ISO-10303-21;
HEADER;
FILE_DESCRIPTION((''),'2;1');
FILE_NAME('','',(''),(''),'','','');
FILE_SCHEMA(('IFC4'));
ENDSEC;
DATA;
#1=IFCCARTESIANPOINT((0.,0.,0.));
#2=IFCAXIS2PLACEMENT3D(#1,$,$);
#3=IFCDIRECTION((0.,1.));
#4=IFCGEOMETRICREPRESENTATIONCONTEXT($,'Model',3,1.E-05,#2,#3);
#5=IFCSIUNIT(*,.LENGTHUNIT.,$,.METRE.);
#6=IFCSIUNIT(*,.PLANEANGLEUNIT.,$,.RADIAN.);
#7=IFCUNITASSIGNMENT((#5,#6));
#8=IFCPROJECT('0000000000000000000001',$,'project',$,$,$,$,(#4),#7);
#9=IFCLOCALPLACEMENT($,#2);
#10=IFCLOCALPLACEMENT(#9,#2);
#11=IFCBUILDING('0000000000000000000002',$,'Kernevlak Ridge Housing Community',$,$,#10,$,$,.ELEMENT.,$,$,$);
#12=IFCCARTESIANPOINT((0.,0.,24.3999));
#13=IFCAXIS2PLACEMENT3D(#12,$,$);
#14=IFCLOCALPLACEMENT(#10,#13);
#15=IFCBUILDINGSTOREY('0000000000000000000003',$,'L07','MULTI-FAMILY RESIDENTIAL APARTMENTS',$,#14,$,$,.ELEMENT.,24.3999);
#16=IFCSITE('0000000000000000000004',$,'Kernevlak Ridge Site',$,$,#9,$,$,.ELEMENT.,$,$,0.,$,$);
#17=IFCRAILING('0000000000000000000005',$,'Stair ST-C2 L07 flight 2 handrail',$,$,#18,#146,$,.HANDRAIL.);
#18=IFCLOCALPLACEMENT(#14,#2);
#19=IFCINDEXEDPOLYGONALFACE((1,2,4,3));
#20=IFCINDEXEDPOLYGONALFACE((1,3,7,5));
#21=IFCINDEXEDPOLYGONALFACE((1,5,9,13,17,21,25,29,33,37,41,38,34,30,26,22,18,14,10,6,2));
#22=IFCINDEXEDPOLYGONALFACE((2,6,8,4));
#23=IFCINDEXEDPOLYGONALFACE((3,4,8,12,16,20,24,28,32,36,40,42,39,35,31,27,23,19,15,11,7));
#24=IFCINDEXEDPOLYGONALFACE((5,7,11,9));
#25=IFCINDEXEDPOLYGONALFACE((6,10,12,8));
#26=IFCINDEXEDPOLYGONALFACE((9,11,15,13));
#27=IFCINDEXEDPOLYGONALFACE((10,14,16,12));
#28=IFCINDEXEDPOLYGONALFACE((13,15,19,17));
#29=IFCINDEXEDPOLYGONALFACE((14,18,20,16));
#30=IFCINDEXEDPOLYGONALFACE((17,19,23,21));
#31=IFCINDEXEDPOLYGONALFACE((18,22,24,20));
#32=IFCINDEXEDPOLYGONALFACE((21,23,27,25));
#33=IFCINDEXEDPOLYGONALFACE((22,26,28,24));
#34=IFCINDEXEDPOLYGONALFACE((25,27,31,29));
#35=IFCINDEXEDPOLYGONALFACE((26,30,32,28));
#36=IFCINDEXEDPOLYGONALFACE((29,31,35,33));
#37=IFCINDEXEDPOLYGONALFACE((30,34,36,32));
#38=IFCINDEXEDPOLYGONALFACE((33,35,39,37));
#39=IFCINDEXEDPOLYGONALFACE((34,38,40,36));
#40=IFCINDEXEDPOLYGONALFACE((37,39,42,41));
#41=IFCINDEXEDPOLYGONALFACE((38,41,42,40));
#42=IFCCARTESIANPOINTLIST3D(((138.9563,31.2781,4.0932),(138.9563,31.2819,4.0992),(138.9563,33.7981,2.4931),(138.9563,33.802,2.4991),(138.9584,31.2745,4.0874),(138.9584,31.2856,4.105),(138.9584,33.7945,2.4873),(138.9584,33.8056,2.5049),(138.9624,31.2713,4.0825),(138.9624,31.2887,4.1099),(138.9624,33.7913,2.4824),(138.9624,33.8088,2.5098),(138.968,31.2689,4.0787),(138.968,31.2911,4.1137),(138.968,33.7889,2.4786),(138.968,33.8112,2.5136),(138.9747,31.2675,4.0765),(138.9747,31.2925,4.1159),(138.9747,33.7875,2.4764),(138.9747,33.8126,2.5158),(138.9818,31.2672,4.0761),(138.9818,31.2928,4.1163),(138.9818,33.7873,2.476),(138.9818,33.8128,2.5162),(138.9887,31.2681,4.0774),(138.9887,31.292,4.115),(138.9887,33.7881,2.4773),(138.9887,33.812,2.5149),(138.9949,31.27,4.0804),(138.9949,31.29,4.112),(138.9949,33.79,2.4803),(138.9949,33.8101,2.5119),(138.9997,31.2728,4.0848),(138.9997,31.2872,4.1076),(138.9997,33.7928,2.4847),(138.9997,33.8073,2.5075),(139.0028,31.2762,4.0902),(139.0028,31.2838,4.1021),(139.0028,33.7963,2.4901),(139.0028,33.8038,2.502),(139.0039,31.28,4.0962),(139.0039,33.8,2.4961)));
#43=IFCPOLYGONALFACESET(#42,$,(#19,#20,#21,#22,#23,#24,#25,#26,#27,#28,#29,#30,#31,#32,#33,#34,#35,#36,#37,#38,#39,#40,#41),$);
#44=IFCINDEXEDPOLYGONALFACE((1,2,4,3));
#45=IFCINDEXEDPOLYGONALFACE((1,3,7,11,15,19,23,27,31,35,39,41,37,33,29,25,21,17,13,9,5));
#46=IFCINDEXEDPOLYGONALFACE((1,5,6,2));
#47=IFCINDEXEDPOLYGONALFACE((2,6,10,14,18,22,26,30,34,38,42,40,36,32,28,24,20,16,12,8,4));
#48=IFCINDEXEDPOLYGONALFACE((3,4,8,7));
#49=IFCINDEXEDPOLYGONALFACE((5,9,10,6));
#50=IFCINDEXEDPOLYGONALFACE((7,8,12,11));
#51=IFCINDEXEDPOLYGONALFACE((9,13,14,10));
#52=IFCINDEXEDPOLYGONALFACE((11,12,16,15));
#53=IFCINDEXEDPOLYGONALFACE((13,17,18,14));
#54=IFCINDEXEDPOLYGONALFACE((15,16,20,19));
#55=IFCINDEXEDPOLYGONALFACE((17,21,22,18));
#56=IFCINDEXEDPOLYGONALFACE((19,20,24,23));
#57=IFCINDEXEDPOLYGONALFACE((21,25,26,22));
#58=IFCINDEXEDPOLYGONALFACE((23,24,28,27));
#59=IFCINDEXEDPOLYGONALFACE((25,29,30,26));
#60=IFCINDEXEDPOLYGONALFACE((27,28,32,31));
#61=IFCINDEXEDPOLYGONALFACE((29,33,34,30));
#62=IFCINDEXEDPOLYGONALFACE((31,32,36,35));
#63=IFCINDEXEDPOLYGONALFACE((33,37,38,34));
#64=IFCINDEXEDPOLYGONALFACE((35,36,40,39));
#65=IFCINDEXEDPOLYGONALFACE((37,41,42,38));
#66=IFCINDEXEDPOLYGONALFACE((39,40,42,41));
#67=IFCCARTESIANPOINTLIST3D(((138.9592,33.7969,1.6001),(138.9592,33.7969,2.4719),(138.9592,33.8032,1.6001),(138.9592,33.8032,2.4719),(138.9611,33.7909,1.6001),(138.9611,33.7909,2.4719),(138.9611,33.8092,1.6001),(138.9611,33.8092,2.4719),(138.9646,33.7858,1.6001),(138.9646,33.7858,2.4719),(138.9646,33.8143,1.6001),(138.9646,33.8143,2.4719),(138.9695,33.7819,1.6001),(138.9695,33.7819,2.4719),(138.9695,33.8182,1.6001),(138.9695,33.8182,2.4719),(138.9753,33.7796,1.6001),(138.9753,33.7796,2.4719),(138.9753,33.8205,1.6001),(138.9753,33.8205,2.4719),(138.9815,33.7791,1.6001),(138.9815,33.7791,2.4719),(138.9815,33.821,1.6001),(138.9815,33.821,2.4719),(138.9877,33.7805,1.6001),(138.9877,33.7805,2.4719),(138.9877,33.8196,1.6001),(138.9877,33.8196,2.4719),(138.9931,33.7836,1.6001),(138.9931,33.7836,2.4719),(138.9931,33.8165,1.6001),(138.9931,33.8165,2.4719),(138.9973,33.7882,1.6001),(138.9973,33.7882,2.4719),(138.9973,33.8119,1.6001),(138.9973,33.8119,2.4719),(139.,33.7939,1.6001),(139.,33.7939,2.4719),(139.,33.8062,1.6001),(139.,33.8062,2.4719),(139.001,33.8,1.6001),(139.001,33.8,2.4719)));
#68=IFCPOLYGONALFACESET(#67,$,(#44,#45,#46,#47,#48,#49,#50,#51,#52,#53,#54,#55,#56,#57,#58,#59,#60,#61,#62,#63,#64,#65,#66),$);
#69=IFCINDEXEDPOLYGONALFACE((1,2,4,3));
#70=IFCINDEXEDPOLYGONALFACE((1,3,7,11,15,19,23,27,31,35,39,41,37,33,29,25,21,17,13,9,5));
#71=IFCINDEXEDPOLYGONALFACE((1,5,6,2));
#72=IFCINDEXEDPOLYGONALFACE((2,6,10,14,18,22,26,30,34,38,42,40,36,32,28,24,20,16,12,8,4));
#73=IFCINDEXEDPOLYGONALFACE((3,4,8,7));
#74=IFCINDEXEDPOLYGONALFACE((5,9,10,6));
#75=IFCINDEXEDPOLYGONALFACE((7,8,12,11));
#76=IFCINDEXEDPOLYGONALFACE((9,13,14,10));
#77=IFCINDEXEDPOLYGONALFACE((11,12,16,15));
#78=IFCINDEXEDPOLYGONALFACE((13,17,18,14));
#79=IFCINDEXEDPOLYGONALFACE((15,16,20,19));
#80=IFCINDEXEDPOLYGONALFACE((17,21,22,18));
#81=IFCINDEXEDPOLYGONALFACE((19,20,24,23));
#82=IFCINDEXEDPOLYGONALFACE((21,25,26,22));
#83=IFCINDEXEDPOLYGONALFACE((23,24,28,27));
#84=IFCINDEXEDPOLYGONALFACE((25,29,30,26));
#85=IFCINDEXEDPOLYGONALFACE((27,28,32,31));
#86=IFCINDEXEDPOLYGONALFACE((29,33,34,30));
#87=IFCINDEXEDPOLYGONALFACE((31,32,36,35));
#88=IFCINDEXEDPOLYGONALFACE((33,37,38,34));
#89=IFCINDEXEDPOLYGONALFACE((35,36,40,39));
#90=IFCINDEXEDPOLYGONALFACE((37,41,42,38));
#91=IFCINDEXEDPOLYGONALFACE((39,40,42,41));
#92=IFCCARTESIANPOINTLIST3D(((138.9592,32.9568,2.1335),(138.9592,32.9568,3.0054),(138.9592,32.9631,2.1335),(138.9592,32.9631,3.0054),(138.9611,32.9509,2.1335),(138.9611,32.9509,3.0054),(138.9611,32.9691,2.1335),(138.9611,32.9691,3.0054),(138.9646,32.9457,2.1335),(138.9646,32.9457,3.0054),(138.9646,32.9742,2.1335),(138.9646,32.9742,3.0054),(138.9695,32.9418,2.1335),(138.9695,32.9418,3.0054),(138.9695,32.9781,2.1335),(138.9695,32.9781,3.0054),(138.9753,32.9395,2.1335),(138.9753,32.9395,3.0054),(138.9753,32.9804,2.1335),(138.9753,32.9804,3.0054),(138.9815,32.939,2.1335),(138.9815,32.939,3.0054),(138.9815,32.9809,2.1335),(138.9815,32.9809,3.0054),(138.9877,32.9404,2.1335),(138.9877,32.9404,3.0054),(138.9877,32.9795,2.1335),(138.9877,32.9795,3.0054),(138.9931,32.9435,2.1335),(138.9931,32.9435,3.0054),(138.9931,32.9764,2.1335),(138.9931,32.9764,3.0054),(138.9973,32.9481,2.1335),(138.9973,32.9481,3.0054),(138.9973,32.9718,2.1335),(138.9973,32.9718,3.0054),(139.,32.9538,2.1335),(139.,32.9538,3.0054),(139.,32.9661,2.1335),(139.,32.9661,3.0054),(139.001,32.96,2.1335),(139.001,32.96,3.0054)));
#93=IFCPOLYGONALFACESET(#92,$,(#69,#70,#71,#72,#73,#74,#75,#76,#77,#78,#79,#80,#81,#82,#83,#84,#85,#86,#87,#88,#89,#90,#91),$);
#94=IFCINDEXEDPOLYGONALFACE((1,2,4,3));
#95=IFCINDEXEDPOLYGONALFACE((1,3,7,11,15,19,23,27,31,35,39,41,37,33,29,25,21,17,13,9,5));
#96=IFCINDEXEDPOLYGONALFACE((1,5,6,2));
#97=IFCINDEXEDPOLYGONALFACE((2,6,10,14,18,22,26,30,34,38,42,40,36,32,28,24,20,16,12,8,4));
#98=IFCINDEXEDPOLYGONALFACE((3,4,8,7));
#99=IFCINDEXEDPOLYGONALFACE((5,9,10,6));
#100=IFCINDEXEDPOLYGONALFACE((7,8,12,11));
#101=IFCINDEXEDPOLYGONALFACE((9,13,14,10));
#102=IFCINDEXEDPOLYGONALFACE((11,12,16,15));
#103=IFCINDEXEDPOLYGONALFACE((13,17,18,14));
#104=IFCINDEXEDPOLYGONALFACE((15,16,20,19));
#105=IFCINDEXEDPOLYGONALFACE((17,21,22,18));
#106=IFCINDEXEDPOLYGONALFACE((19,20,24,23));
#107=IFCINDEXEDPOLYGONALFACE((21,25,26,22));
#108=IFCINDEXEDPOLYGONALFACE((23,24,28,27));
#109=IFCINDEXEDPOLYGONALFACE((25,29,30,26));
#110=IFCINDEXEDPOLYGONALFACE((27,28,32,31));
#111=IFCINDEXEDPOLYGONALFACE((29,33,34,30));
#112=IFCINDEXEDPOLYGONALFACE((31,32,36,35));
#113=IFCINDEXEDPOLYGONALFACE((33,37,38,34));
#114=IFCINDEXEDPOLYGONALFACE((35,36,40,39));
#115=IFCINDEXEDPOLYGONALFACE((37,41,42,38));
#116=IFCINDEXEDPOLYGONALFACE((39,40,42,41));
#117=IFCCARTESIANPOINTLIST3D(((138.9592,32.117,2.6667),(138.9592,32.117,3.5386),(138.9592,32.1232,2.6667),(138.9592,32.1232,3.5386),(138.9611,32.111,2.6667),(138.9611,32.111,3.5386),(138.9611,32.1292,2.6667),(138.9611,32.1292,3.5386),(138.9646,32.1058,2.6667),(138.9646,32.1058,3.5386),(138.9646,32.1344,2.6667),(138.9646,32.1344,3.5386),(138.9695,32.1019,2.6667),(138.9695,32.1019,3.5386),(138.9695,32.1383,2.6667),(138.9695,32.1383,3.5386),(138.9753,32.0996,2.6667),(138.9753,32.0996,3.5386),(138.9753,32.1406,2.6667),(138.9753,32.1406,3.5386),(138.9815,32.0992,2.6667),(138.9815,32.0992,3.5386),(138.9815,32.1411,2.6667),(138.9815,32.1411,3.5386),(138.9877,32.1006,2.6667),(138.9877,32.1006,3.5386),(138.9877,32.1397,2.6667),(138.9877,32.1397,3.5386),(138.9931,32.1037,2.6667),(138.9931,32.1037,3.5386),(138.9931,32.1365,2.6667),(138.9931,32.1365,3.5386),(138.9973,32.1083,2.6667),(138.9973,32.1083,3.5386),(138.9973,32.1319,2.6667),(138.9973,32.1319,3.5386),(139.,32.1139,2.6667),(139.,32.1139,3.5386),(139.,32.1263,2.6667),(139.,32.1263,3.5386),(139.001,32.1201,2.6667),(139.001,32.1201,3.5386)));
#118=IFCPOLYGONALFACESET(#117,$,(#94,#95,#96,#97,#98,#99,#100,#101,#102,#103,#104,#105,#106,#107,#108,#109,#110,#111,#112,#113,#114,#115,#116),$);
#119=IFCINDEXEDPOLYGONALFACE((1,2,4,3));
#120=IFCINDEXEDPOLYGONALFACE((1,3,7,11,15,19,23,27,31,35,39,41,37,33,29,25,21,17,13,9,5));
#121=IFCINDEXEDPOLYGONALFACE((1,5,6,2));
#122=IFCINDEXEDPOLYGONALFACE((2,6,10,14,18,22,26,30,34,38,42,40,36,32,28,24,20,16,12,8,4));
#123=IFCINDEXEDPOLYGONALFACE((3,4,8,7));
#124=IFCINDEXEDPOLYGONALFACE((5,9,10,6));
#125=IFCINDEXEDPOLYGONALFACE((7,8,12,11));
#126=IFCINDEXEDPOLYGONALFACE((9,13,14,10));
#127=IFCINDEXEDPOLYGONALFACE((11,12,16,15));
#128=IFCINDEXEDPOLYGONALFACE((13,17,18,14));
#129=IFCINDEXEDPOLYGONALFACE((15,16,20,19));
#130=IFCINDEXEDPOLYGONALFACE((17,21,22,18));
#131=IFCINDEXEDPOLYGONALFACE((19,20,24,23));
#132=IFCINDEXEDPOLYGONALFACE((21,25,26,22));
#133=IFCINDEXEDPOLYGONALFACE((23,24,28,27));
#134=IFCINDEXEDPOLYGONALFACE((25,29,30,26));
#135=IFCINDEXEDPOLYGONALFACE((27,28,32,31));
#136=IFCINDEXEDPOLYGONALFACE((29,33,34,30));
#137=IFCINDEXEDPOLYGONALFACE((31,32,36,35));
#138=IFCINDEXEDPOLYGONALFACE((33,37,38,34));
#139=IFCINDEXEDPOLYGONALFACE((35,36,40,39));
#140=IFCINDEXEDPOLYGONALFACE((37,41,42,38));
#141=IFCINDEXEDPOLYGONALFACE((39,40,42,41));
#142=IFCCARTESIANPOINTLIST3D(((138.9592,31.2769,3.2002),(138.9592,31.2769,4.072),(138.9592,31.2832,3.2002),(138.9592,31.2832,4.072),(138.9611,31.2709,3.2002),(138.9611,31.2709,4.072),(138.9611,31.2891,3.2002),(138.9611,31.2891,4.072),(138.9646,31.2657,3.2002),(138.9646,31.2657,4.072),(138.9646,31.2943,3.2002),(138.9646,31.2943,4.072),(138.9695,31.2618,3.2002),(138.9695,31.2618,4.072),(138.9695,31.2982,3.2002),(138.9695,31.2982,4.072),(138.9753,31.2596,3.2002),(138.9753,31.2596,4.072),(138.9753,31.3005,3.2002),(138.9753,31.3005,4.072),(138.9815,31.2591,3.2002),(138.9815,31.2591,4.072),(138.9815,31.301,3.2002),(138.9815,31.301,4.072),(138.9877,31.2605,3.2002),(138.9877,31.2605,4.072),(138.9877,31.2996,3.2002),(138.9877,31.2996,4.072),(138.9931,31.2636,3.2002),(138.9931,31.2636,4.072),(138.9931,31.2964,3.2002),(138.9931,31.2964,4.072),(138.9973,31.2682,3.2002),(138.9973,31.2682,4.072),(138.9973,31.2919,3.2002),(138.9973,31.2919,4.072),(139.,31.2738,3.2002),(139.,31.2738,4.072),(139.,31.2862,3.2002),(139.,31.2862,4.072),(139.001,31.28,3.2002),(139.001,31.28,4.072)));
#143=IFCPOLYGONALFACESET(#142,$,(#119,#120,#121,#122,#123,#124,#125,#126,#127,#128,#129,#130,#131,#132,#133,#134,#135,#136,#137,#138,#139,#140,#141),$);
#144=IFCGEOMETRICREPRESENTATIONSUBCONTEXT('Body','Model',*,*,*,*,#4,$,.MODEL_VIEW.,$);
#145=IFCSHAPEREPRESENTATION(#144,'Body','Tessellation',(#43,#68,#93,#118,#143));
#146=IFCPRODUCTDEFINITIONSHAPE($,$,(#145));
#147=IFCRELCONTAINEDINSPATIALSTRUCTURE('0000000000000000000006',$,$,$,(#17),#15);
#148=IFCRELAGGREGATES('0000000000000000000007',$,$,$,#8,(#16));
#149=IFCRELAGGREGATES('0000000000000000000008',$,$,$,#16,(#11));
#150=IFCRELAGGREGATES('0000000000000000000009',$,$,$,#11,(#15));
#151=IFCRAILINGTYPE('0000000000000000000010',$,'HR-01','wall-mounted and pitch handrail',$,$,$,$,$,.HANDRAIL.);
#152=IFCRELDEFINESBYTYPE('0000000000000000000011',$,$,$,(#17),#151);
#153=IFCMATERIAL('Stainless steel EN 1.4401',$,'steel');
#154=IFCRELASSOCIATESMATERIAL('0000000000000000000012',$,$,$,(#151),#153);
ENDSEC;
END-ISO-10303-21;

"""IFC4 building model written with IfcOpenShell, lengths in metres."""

from ifc_helpers import new_model, si_unit, direction, frame, origin, origin_2d, place, context, subcontext, project, spatial, circle, extrude, material, type_object, element, save


model = new_model("IFC4")

# Units and contexts
model_context = context("Model", 3, precision=1e-05, world=origin(), true_north=direction((0.0, 1.0)))
body_context = subcontext(model_context, "Body", "Model", "MODEL_VIEW")
ifc_project = project(units=[si_unit("LENGTHUNIT", "METRE"), si_unit("PLANEANGLEUNIT", "RADIAN")], contexts=[model_context])

# Site, building, storey
site_placement = place(None, origin())
site = spatial("IfcSite", under=ifc_project, at=site_placement, Name="Kernevlak Ridge Site", CompositionType="ELEMENT", RefElevation=0.0)
building_placement = place(site_placement, origin())
building = spatial("IfcBuilding", under=site, at=building_placement, Name="Kernevlak Ridge Housing Community", CompositionType="ELEMENT")
storey_placement = place(building_placement, frame((0.0, 0.0, 24.3999)))
storey = spatial("IfcBuildingStorey", under=building, at=storey_placement, Name="L07", Description="MULTI-FAMILY RESIDENTIAL APARTMENTS", CompositionType="ELEMENT", Elevation=24.3999)

# Railing
ifc_material_1 = material(Name="Stainless steel EN 1.4401", Category="steel")
railing_type_1 = type_object("IfcRailingType", Name="HR-01", Description="wall-mounted and pitch handrail", PredefinedType="HANDRAIL", material=ifc_material_1)
railing_1_placement = place(storey_placement, frame((138.98, 33.8, 1.6001)))
element("IfcRailing", 1, at=railing_1_placement, inside=storey, type_object=railing_type_1, Name="Stair ST-C2 L07 flight 2 handrail", PredefinedType="HANDRAIL", context=body_context, shape_type="SweptSolid", body=[
    extrude(circle(Radius=0.0239, at=origin_2d()), frame((0.0, 0.0, 0.896), z_axis=(0.0, -0.8442, 0.536028), x_axis=(1.0, 0.0, 0.0)), (0.0, 0.0, 1.0), 2.9851),
    extrude(circle(Radius=0.021, at=origin_2d()), origin(), (0.0, 0.0, 1.0), 0.8718),
    extrude(circle(Radius=0.021, at=origin_2d()), frame((0.0, -0.8401, 0.5334)), (0.0, 0.0, 1.0), 0.8718),
    extrude(circle(Radius=0.021, at=origin_2d()), frame((0.0, -1.6799, 1.0667)), (0.0, 0.0, 1.0), 0.8718),
    extrude(circle(Radius=0.021, at=origin_2d()), frame((0.0, -2.52, 1.6001)), (0.0, 0.0, 1.0), 0.8718),
])

save(model, "model.ifc")
